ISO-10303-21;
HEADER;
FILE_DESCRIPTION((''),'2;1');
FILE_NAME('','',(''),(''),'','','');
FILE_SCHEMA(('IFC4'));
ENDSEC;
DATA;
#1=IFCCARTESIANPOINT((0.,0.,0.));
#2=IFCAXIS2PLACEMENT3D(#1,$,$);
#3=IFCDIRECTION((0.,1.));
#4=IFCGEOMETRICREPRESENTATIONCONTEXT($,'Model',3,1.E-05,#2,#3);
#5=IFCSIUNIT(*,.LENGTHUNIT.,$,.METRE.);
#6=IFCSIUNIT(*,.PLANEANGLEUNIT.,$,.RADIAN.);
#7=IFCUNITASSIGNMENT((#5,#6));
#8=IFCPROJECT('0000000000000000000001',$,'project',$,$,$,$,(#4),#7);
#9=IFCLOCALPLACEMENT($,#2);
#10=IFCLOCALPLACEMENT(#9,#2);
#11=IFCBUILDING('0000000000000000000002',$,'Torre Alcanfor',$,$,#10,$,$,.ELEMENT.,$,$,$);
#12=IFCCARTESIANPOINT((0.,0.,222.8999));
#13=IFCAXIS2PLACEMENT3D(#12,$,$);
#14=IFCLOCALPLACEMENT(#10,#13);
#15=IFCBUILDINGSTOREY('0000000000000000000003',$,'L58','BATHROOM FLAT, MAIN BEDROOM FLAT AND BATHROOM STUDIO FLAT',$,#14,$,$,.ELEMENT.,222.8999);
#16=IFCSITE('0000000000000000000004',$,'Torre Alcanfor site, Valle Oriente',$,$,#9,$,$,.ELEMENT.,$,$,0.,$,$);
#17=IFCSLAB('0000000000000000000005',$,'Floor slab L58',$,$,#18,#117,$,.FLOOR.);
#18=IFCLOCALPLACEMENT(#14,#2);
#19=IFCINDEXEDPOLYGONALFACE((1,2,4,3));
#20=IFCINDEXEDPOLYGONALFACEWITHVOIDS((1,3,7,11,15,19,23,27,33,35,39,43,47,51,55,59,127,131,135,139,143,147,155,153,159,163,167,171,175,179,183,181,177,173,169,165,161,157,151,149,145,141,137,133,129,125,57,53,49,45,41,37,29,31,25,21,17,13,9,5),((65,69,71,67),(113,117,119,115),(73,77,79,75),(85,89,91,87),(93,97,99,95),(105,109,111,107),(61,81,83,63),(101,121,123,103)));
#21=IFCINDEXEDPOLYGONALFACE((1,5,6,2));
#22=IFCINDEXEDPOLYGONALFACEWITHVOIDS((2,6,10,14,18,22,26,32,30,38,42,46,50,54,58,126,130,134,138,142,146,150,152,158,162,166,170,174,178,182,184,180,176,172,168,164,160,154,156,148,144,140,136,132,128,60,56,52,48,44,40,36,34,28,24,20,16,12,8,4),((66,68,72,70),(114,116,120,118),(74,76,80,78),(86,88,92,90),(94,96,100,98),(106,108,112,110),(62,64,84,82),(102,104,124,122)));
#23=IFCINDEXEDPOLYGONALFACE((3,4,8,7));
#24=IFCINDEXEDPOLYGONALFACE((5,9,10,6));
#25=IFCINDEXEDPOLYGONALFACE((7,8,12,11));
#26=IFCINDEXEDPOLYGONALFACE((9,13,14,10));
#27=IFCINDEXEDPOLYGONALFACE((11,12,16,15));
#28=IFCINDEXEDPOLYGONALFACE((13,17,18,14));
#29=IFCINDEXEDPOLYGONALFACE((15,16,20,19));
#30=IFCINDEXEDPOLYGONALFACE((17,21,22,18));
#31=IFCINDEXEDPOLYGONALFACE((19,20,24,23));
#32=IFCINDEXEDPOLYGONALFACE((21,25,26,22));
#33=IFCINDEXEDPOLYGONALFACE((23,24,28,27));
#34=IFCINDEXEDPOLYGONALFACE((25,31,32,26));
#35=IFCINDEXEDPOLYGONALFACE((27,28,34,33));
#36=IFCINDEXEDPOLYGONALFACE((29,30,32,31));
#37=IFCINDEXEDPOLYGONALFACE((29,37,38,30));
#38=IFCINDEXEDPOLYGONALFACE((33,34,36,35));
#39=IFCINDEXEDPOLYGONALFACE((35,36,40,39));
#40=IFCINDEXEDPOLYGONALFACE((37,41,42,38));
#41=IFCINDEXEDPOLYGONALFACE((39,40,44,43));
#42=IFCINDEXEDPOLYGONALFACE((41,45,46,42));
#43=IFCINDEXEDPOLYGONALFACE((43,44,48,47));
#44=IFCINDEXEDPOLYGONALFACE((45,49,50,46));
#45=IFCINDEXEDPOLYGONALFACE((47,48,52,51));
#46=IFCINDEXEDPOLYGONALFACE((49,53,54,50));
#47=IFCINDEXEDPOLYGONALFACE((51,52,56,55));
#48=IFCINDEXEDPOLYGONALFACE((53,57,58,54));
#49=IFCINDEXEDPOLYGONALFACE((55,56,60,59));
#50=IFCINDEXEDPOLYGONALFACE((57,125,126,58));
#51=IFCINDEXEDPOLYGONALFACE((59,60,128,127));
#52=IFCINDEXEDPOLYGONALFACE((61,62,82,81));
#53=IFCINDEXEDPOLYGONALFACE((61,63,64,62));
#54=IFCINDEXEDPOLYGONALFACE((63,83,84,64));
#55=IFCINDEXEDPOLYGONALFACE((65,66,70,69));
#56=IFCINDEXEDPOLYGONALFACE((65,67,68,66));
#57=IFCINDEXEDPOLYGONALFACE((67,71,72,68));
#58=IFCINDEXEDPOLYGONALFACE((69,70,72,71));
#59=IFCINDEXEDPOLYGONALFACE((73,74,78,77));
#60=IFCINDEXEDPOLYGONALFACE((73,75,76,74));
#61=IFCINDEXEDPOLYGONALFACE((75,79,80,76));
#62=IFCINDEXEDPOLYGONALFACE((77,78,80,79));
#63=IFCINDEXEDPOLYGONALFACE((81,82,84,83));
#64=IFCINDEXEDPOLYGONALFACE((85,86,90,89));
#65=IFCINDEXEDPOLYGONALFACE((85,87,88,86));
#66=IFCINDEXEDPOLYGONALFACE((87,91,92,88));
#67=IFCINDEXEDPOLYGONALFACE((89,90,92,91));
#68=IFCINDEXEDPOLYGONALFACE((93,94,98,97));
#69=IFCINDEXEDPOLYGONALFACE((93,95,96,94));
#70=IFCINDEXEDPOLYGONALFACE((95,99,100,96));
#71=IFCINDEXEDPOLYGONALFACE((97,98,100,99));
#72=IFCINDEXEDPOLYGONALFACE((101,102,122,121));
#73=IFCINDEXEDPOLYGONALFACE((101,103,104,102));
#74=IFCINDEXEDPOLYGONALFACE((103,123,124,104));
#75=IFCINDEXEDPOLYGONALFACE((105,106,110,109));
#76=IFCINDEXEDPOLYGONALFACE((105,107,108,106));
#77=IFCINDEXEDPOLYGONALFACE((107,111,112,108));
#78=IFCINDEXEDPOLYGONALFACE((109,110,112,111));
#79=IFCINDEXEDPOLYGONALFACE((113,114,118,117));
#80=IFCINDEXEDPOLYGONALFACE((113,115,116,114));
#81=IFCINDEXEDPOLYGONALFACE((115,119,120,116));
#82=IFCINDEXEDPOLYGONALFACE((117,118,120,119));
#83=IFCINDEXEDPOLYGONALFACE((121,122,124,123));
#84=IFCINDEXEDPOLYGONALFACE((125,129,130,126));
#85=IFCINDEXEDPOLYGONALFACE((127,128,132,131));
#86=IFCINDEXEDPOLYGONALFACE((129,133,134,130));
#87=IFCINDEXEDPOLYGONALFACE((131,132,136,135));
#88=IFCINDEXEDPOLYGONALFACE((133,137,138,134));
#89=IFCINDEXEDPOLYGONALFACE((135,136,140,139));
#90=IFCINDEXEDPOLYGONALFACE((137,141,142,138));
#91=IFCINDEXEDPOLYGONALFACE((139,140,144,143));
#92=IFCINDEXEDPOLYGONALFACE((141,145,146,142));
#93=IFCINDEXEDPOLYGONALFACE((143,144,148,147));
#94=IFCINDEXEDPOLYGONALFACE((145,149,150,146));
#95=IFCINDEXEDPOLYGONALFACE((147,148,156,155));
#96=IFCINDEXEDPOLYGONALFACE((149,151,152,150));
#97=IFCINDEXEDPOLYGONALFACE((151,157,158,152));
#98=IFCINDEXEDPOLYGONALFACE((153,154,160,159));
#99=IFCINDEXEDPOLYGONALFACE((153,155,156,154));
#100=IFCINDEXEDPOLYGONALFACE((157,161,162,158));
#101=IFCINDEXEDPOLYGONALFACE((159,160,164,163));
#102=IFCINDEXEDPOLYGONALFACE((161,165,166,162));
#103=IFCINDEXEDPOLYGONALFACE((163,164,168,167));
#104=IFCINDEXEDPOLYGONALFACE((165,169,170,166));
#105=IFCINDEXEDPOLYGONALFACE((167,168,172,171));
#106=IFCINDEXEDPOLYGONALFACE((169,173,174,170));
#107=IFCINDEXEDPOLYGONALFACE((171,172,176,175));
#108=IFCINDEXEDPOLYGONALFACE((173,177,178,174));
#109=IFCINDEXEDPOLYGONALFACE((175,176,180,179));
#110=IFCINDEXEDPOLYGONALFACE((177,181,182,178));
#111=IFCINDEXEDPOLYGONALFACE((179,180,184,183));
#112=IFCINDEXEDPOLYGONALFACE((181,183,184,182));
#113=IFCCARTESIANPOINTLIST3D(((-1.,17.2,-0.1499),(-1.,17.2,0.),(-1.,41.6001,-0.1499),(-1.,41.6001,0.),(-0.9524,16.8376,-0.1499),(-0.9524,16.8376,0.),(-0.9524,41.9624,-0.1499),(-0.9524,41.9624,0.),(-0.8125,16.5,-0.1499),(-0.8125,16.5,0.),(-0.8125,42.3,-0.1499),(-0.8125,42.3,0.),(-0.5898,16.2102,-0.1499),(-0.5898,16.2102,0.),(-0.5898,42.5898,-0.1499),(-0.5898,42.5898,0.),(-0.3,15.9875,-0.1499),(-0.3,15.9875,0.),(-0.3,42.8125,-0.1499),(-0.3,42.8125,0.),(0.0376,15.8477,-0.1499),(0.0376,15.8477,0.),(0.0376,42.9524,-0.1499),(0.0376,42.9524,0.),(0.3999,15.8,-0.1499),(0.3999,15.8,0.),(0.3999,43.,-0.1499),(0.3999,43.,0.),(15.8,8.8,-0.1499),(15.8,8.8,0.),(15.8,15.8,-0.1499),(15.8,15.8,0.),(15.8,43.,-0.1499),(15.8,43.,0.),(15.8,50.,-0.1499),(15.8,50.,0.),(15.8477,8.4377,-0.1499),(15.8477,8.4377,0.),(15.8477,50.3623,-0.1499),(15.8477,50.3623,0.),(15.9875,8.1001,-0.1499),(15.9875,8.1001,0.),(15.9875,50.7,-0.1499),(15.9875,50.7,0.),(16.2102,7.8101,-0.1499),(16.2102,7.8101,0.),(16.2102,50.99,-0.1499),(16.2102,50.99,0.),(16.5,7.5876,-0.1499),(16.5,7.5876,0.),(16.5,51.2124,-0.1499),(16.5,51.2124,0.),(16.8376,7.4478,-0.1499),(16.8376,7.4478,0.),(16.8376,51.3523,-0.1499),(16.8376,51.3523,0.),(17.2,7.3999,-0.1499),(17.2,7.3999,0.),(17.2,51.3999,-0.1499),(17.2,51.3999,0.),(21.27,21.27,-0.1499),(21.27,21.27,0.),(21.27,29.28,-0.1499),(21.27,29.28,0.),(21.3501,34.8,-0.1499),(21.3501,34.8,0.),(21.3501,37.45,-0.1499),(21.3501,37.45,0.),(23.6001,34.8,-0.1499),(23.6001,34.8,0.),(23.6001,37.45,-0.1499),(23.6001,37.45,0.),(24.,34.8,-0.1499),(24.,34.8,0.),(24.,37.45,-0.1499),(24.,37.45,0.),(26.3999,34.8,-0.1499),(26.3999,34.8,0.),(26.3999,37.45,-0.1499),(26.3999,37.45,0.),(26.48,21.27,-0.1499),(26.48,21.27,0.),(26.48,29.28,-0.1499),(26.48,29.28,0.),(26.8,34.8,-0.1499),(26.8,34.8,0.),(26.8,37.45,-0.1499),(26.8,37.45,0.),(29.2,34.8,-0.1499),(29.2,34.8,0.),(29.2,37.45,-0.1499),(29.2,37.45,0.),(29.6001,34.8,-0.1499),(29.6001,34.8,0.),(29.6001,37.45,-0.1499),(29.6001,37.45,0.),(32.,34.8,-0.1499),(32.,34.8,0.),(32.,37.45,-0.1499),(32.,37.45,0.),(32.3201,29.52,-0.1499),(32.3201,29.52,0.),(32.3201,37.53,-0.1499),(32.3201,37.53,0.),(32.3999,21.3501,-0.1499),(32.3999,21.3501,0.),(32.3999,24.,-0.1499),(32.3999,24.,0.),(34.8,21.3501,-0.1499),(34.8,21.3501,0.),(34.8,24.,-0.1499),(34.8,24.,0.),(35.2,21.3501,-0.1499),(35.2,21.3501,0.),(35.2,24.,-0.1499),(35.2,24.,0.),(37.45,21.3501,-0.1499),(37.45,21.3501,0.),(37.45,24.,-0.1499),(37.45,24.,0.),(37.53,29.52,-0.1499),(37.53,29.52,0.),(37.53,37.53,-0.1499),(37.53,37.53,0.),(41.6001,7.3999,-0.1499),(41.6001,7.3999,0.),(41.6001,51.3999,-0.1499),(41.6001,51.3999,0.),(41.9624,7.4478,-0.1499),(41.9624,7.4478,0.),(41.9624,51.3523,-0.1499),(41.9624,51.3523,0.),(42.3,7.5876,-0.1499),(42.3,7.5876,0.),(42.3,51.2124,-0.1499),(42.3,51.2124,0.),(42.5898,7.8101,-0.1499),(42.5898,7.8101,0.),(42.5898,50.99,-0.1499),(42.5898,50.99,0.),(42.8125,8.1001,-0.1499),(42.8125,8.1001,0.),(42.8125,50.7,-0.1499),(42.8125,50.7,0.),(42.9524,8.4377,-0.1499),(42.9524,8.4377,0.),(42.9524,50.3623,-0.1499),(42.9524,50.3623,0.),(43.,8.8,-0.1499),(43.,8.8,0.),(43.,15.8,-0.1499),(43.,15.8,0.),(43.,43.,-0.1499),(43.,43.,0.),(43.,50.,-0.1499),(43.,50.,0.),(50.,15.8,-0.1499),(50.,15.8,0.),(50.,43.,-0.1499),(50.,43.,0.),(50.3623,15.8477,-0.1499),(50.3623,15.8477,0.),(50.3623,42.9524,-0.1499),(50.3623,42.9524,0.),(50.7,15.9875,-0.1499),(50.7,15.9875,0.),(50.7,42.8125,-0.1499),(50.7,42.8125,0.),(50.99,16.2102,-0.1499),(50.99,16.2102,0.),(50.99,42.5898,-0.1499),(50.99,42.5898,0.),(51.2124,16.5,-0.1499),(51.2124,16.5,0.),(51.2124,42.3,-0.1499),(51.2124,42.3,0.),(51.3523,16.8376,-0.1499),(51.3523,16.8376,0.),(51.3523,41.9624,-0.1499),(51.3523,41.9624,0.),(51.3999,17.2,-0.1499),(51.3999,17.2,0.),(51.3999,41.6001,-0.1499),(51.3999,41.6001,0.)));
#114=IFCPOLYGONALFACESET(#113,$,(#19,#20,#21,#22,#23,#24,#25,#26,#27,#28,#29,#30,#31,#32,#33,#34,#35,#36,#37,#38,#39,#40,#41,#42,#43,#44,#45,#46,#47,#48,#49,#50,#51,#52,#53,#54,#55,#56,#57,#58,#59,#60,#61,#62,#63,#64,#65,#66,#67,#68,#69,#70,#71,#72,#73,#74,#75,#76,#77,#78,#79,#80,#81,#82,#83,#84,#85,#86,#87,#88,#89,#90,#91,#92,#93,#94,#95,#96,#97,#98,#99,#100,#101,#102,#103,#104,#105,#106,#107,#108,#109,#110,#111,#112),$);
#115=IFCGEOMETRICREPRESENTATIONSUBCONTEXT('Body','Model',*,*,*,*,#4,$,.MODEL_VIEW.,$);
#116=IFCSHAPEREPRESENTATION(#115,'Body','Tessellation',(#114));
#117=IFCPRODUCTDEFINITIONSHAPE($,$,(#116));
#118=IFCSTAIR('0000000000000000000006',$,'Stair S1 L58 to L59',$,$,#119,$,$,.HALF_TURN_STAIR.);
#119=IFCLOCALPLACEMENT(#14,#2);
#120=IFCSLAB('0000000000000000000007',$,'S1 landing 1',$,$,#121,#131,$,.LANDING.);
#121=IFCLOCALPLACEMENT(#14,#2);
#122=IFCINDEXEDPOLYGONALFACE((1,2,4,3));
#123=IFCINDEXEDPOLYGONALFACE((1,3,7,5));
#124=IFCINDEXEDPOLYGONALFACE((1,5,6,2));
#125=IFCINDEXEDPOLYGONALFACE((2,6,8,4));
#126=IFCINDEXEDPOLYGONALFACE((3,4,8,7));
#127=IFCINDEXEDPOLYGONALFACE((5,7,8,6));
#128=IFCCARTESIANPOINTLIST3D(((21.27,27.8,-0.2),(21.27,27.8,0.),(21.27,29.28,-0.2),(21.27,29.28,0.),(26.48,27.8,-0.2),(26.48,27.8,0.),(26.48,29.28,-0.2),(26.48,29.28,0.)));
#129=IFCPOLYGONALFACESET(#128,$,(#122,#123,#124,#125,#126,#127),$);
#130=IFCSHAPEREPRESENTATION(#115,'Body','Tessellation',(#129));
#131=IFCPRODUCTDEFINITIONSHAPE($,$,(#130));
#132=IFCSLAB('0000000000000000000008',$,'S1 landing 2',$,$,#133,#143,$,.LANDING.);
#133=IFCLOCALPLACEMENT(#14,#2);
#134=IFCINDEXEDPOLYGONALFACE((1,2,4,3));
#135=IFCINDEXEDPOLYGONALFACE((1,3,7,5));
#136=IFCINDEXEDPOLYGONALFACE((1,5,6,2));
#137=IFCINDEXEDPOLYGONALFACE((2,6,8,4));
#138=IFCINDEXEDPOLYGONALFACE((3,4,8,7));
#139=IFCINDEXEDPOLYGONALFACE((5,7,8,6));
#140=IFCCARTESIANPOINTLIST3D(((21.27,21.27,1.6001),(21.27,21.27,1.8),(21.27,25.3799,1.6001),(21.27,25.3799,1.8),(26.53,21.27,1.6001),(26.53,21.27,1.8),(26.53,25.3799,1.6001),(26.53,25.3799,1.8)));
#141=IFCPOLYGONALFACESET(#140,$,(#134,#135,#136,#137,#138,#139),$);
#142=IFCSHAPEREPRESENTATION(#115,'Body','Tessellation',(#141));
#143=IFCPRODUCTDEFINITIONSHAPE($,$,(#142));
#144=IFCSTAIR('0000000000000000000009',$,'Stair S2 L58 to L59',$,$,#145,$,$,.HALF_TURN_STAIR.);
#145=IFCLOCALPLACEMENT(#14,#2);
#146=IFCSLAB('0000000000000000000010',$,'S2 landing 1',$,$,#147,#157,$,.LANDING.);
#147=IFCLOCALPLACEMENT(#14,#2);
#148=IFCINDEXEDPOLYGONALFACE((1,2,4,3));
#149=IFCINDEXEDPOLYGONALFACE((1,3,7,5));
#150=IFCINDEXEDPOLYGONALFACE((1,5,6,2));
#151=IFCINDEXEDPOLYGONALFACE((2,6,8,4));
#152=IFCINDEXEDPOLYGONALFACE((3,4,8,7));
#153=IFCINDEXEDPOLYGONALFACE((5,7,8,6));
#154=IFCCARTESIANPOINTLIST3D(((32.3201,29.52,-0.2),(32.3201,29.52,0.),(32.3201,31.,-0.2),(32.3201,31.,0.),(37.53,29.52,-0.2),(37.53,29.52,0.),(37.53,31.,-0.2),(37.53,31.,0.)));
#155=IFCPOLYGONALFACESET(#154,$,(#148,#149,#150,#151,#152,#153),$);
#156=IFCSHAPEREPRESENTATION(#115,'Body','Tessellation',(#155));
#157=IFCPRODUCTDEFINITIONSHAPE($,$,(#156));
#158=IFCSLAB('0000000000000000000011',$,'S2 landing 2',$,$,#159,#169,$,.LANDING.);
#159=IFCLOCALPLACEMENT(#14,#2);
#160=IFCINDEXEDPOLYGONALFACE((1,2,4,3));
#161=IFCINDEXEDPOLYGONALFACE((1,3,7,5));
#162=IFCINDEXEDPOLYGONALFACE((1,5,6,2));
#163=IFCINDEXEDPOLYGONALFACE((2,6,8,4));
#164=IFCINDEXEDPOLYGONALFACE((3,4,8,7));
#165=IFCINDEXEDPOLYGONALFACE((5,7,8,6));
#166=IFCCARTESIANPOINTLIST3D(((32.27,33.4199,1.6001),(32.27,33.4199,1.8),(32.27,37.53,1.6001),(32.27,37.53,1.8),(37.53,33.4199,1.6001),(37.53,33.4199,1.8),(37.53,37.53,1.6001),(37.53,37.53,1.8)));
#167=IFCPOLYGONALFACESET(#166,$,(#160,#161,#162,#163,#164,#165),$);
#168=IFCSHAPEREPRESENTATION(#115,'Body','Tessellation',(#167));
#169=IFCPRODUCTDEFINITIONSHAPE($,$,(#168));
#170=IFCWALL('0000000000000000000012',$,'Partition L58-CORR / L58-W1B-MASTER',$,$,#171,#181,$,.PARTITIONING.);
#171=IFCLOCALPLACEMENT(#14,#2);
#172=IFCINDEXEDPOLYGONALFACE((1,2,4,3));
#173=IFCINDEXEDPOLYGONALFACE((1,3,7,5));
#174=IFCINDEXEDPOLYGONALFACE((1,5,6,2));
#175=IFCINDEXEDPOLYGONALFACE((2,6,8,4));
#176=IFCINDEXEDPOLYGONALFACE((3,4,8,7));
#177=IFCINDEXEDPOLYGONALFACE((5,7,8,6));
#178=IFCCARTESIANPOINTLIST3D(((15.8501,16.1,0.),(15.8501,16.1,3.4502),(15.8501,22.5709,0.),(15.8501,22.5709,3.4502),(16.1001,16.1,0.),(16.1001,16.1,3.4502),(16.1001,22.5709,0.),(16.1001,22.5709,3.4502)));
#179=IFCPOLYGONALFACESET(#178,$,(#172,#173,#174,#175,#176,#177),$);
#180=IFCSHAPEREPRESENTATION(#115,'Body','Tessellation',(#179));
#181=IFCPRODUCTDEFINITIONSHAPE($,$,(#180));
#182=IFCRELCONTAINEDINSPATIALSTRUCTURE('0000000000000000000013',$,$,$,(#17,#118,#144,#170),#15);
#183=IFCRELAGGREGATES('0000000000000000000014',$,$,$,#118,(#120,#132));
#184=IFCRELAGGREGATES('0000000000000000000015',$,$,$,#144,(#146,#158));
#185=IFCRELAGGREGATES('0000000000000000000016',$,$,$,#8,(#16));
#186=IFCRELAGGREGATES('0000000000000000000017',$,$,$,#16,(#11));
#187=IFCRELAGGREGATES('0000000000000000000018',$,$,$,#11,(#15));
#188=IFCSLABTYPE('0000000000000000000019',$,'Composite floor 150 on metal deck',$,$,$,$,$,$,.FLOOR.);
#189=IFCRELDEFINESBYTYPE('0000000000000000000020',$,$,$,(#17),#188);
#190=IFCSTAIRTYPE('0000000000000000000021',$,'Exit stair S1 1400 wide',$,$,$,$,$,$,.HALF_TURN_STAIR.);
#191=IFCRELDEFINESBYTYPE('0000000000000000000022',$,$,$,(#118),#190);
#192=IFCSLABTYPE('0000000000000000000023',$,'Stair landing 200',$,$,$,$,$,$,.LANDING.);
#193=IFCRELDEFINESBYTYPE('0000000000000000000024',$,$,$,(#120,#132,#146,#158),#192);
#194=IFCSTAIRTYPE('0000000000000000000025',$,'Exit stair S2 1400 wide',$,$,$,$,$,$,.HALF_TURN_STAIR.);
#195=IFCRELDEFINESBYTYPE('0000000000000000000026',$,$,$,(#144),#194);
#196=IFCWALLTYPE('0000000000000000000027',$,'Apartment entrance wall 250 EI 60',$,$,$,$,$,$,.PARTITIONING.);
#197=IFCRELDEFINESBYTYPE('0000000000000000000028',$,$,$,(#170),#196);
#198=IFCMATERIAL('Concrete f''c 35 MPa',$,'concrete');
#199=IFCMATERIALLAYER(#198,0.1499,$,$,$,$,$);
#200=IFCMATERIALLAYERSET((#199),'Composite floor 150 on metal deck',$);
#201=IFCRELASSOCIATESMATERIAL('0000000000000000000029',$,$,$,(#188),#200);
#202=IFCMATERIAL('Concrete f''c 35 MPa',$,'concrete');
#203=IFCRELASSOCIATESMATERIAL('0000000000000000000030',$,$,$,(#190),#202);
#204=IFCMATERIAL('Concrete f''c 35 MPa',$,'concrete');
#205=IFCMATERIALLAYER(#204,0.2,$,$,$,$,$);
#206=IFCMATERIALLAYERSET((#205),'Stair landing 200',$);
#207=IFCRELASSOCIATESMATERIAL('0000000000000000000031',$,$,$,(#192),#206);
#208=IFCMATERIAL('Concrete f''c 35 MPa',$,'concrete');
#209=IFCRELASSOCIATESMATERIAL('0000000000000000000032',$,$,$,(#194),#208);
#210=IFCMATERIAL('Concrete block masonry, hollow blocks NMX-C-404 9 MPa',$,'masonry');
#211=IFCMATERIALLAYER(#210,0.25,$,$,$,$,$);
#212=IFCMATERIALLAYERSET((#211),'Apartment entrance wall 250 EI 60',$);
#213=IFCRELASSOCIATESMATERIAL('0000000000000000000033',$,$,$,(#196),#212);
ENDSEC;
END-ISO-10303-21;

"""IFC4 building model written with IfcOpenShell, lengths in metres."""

from ifc_helpers import new_model, si_unit, direction, frame, frame_2d, origin, place, context, subcontext, project, spatial, polyline, rectangle, outline, extrude, material, layer, layer_set, type_object, element, aggregate, save


model = new_model("IFC4")

# Units and contexts
model_context = context("Model", 3, precision=1e-05, world=origin(), true_north=direction((0.0, 1.0)))
body_context = subcontext(model_context, "Body", "Model", "MODEL_VIEW")
ifc_project = project(units=[si_unit("LENGTHUNIT", "METRE"), si_unit("PLANEANGLEUNIT", "RADIAN")], contexts=[model_context])

# Site, building, storey
site_placement = place(None, origin())
site = spatial("IfcSite", under=ifc_project, at=site_placement, Name="Torre Alcanfor site, Valle Oriente", CompositionType="ELEMENT", RefElevation=0.0)
building_placement = place(site_placement, origin())
building = spatial("IfcBuilding", under=site, at=building_placement, Name="Torre Alcanfor", CompositionType="ELEMENT")
storey_placement = place(building_placement, frame((0.0, 0.0, 222.8999)))
storey = spatial("IfcBuildingStorey", under=building, at=storey_placement, Name="L58", Description="BATHROOM FLAT, MAIN BEDROOM FLAT AND BATHROOM STUDIO FLAT", CompositionType="ELEMENT", Elevation=222.8999)

# Slab
ifc_material_1 = material(Name="Concrete f'c 35 MPa", Category="concrete")
ifc_layer_1 = layer(ifc_material_1, 0.1499)
ifc_layer_set_1 = layer_set([ifc_layer_1], Name="Composite floor 150 on metal deck")
slab_type_1 = type_object("IfcSlabType", Name="Composite floor 150 on metal deck", PredefinedType="FLOOR", material=ifc_layer_set_1)
slab_1_placement = place(storey_placement, frame((0.0, 0.0, -0.1499)))
element("IfcSlab", 1, at=slab_1_placement, inside=storey, type_object=slab_type_1, Name="Floor slab L58", PredefinedType="FLOOR", context=body_context, shape_type="SweptSolid", body=[
    extrude(outline(polyline([(15.8, 43.0), (0.3999, 43.0), (0.0376, 42.9524), (-0.3, 42.8125), (-0.5898, 42.5898), (-0.8125, 42.3), (-0.9524, 41.9624), (-1.0, 41.6001), (-1.0, 17.2), (-0.9524, 16.8376), (-0.8125, 16.5), (-0.5898, 16.2102), (-0.3, 15.9875), (0.0376, 15.8477), (0.3999, 15.8), (15.8, 15.8), (15.8, 8.8), (15.8477, 8.4377), (15.9875, 8.1001), (16.2102, 7.8101), (16.5, 7.5876), (16.8376, 7.4478), (17.2, 7.3999), (41.6001, 7.3999), (41.9624, 7.4478), (42.3, 7.5876), (42.5898, 7.8101), (42.8125, 8.1001), (42.9524, 8.4377), (43.0, 8.8), (43.0, 15.8), (50.0, 15.8), (50.3623, 15.8477), (50.7, 15.9875), (50.99, 16.2102), (51.2124, 16.5), (51.3523, 16.8376), (51.3999, 17.2), (51.3999, 41.6001), (51.3523, 41.9624), (51.2124, 42.3), (50.99, 42.5898), (50.7, 42.8125), (50.3623, 42.9524), (50.0, 43.0), (43.0, 43.0), (43.0, 50.0), (42.9524, 50.3623), (42.8125, 50.7), (42.5898, 50.99), (42.3, 51.2124), (41.9624, 51.3523), (41.6001, 51.3999), (17.2, 51.3999), (16.8376, 51.3523), (16.5, 51.2124), (16.2102, 50.99), (15.9875, 50.7), (15.8477, 50.3623), (15.8, 50.0), (15.8, 43.0)]), holes=[polyline([(21.27, 21.27), (26.48, 21.27), (26.48, 29.28), (21.27, 29.28), (21.27, 21.27)]), polyline([(32.3201, 29.52), (37.53, 29.52), (37.53, 37.53), (32.3201, 37.53), (32.3201, 29.52)]), polyline([(32.3999, 21.3501), (34.8, 21.3501), (34.8, 24.0), (32.3999, 24.0), (32.3999, 21.3501)]), polyline([(35.2, 21.3501), (37.45, 21.3501), (37.45, 24.0), (35.2, 24.0), (35.2, 21.3501)]), polyline([(21.3501, 34.8), (23.6001, 34.8), (23.6001, 37.45), (21.3501, 37.45), (21.3501, 34.8)]), polyline([(24.0, 34.8), (26.3999, 34.8), (26.3999, 37.45), (24.0, 37.45), (24.0, 34.8)]), polyline([(26.8, 34.8), (29.2, 34.8), (29.2, 37.45), (26.8, 37.45), (26.8, 34.8)]), polyline([(29.6001, 34.8), (32.0, 34.8), (32.0, 37.45), (29.6001, 37.45), (29.6001, 34.8)])]), origin(), (0.0, 0.0, 1.0), 0.1499),
])

# Stairs, slabs
ifc_material_2 = material(Name="Concrete f'c 35 MPa", Category="concrete")
stair_type_1 = type_object("IfcStairType", Name="Exit stair S1 1400 wide", PredefinedType="HALF_TURN_STAIR", material=ifc_material_2)
stair_1_placement = place(storey_placement, origin())
stair_1 = element("IfcStair", 2, at=stair_1_placement, inside=storey, type_object=stair_type_1, Name="Stair S1 L58 to L59", PredefinedType="HALF_TURN_STAIR")
ifc_material_3 = material(Name="Concrete f'c 35 MPa", Category="concrete")
ifc_layer_2 = layer(ifc_material_3, 0.2)
ifc_layer_set_2 = layer_set([ifc_layer_2], Name="Stair landing 200")
slab_type_2 = type_object("IfcSlabType", Name="Stair landing 200", PredefinedType="LANDING", material=ifc_layer_set_2)
slab_2_placement = place(storey_placement, frame((0.0, 0.0, -0.2)))
slab_2 = element("IfcSlab", 3, at=slab_2_placement, type_object=slab_type_2, Name="S1 landing 1", PredefinedType="LANDING", context=body_context, shape_type="SweptSolid", body=[
    extrude(outline(polyline([(21.27, 27.8), (26.48, 27.8), (26.48, 29.28), (21.27, 29.28), (21.27, 27.8)])), origin(), (0.0, 0.0, 1.0), 0.2),
])
slab_3_placement = place(storey_placement, frame((0.0, 0.0, 1.6001)))
slab_3 = element("IfcSlab", 4, at=slab_3_placement, type_object=slab_type_2, Name="S1 landing 2", PredefinedType="LANDING", context=body_context, shape_type="SweptSolid", body=[
    extrude(outline(polyline([(21.27, 21.27), (26.53, 21.27), (26.53, 25.3799), (21.27, 25.3799), (21.27, 21.27)])), origin(), (0.0, 0.0, 1.0), 0.2),
])
aggregate(stair_1, [slab_2, slab_3])
ifc_material_4 = material(Name="Concrete f'c 35 MPa", Category="concrete")
stair_type_2 = type_object("IfcStairType", Name="Exit stair S2 1400 wide", PredefinedType="HALF_TURN_STAIR", material=ifc_material_4)
stair_2_placement = place(storey_placement, origin())
stair_2 = element("IfcStair", 5, at=stair_2_placement, inside=storey, type_object=stair_type_2, Name="Stair S2 L58 to L59", PredefinedType="HALF_TURN_STAIR")
slab_4_placement = place(storey_placement, frame((0.0, 0.0, -0.2)))
slab_4 = element("IfcSlab", 6, at=slab_4_placement, type_object=slab_type_2, Name="S2 landing 1", PredefinedType="LANDING", context=body_context, shape_type="SweptSolid", body=[
    extrude(outline(polyline([(32.3201, 29.52), (37.53, 29.52), (37.53, 31.0), (32.3201, 31.0), (32.3201, 29.52)])), origin(), (0.0, 0.0, 1.0), 0.2),
])
slab_5_placement = place(storey_placement, frame((0.0, 0.0, 1.6001)))
slab_5 = element("IfcSlab", 7, at=slab_5_placement, type_object=slab_type_2, Name="S2 landing 2", PredefinedType="LANDING", context=body_context, shape_type="SweptSolid", body=[
    extrude(outline(polyline([(32.27, 33.4199), (37.53, 33.4199), (37.53, 37.53), (32.27, 37.53), (32.27, 33.4199)])), origin(), (0.0, 0.0, 1.0), 0.2),
])
aggregate(stair_2, [slab_4, slab_5])

# Wall
ifc_material_5 = material(Name="Concrete block masonry, hollow blocks NMX-C-404 9 MPa", Category="masonry")
ifc_layer_3 = layer(ifc_material_5, 0.25)
ifc_layer_set_3 = layer_set([ifc_layer_3], Name="Apartment entrance wall 250 EI 60")
wall_type_1 = type_object("IfcWallType", Name="Apartment entrance wall 250 EI 60", PredefinedType="PARTITIONING", material=ifc_layer_set_3)
wall_1_placement = place(storey_placement, frame((15.9751, 16.1001, 0.0), z_axis=(0.0, 0.0, 1.0), x_axis=(0.0, 1.0, 0.0)))
element("IfcWall", 8, at=wall_1_placement, inside=storey, type_object=wall_type_1, Name="Partition L58-CORR / L58-W1B-MASTER", PredefinedType="PARTITIONING", context=body_context, shape_type="SweptSolid", body=[
    extrude(rectangle(XDim=6.4709, YDim=0.25, at=frame_2d((3.2354, 0.0))), origin(), (0.0, 0.0, 1.0), 3.4502),
])

save(model, "model.ifc")
